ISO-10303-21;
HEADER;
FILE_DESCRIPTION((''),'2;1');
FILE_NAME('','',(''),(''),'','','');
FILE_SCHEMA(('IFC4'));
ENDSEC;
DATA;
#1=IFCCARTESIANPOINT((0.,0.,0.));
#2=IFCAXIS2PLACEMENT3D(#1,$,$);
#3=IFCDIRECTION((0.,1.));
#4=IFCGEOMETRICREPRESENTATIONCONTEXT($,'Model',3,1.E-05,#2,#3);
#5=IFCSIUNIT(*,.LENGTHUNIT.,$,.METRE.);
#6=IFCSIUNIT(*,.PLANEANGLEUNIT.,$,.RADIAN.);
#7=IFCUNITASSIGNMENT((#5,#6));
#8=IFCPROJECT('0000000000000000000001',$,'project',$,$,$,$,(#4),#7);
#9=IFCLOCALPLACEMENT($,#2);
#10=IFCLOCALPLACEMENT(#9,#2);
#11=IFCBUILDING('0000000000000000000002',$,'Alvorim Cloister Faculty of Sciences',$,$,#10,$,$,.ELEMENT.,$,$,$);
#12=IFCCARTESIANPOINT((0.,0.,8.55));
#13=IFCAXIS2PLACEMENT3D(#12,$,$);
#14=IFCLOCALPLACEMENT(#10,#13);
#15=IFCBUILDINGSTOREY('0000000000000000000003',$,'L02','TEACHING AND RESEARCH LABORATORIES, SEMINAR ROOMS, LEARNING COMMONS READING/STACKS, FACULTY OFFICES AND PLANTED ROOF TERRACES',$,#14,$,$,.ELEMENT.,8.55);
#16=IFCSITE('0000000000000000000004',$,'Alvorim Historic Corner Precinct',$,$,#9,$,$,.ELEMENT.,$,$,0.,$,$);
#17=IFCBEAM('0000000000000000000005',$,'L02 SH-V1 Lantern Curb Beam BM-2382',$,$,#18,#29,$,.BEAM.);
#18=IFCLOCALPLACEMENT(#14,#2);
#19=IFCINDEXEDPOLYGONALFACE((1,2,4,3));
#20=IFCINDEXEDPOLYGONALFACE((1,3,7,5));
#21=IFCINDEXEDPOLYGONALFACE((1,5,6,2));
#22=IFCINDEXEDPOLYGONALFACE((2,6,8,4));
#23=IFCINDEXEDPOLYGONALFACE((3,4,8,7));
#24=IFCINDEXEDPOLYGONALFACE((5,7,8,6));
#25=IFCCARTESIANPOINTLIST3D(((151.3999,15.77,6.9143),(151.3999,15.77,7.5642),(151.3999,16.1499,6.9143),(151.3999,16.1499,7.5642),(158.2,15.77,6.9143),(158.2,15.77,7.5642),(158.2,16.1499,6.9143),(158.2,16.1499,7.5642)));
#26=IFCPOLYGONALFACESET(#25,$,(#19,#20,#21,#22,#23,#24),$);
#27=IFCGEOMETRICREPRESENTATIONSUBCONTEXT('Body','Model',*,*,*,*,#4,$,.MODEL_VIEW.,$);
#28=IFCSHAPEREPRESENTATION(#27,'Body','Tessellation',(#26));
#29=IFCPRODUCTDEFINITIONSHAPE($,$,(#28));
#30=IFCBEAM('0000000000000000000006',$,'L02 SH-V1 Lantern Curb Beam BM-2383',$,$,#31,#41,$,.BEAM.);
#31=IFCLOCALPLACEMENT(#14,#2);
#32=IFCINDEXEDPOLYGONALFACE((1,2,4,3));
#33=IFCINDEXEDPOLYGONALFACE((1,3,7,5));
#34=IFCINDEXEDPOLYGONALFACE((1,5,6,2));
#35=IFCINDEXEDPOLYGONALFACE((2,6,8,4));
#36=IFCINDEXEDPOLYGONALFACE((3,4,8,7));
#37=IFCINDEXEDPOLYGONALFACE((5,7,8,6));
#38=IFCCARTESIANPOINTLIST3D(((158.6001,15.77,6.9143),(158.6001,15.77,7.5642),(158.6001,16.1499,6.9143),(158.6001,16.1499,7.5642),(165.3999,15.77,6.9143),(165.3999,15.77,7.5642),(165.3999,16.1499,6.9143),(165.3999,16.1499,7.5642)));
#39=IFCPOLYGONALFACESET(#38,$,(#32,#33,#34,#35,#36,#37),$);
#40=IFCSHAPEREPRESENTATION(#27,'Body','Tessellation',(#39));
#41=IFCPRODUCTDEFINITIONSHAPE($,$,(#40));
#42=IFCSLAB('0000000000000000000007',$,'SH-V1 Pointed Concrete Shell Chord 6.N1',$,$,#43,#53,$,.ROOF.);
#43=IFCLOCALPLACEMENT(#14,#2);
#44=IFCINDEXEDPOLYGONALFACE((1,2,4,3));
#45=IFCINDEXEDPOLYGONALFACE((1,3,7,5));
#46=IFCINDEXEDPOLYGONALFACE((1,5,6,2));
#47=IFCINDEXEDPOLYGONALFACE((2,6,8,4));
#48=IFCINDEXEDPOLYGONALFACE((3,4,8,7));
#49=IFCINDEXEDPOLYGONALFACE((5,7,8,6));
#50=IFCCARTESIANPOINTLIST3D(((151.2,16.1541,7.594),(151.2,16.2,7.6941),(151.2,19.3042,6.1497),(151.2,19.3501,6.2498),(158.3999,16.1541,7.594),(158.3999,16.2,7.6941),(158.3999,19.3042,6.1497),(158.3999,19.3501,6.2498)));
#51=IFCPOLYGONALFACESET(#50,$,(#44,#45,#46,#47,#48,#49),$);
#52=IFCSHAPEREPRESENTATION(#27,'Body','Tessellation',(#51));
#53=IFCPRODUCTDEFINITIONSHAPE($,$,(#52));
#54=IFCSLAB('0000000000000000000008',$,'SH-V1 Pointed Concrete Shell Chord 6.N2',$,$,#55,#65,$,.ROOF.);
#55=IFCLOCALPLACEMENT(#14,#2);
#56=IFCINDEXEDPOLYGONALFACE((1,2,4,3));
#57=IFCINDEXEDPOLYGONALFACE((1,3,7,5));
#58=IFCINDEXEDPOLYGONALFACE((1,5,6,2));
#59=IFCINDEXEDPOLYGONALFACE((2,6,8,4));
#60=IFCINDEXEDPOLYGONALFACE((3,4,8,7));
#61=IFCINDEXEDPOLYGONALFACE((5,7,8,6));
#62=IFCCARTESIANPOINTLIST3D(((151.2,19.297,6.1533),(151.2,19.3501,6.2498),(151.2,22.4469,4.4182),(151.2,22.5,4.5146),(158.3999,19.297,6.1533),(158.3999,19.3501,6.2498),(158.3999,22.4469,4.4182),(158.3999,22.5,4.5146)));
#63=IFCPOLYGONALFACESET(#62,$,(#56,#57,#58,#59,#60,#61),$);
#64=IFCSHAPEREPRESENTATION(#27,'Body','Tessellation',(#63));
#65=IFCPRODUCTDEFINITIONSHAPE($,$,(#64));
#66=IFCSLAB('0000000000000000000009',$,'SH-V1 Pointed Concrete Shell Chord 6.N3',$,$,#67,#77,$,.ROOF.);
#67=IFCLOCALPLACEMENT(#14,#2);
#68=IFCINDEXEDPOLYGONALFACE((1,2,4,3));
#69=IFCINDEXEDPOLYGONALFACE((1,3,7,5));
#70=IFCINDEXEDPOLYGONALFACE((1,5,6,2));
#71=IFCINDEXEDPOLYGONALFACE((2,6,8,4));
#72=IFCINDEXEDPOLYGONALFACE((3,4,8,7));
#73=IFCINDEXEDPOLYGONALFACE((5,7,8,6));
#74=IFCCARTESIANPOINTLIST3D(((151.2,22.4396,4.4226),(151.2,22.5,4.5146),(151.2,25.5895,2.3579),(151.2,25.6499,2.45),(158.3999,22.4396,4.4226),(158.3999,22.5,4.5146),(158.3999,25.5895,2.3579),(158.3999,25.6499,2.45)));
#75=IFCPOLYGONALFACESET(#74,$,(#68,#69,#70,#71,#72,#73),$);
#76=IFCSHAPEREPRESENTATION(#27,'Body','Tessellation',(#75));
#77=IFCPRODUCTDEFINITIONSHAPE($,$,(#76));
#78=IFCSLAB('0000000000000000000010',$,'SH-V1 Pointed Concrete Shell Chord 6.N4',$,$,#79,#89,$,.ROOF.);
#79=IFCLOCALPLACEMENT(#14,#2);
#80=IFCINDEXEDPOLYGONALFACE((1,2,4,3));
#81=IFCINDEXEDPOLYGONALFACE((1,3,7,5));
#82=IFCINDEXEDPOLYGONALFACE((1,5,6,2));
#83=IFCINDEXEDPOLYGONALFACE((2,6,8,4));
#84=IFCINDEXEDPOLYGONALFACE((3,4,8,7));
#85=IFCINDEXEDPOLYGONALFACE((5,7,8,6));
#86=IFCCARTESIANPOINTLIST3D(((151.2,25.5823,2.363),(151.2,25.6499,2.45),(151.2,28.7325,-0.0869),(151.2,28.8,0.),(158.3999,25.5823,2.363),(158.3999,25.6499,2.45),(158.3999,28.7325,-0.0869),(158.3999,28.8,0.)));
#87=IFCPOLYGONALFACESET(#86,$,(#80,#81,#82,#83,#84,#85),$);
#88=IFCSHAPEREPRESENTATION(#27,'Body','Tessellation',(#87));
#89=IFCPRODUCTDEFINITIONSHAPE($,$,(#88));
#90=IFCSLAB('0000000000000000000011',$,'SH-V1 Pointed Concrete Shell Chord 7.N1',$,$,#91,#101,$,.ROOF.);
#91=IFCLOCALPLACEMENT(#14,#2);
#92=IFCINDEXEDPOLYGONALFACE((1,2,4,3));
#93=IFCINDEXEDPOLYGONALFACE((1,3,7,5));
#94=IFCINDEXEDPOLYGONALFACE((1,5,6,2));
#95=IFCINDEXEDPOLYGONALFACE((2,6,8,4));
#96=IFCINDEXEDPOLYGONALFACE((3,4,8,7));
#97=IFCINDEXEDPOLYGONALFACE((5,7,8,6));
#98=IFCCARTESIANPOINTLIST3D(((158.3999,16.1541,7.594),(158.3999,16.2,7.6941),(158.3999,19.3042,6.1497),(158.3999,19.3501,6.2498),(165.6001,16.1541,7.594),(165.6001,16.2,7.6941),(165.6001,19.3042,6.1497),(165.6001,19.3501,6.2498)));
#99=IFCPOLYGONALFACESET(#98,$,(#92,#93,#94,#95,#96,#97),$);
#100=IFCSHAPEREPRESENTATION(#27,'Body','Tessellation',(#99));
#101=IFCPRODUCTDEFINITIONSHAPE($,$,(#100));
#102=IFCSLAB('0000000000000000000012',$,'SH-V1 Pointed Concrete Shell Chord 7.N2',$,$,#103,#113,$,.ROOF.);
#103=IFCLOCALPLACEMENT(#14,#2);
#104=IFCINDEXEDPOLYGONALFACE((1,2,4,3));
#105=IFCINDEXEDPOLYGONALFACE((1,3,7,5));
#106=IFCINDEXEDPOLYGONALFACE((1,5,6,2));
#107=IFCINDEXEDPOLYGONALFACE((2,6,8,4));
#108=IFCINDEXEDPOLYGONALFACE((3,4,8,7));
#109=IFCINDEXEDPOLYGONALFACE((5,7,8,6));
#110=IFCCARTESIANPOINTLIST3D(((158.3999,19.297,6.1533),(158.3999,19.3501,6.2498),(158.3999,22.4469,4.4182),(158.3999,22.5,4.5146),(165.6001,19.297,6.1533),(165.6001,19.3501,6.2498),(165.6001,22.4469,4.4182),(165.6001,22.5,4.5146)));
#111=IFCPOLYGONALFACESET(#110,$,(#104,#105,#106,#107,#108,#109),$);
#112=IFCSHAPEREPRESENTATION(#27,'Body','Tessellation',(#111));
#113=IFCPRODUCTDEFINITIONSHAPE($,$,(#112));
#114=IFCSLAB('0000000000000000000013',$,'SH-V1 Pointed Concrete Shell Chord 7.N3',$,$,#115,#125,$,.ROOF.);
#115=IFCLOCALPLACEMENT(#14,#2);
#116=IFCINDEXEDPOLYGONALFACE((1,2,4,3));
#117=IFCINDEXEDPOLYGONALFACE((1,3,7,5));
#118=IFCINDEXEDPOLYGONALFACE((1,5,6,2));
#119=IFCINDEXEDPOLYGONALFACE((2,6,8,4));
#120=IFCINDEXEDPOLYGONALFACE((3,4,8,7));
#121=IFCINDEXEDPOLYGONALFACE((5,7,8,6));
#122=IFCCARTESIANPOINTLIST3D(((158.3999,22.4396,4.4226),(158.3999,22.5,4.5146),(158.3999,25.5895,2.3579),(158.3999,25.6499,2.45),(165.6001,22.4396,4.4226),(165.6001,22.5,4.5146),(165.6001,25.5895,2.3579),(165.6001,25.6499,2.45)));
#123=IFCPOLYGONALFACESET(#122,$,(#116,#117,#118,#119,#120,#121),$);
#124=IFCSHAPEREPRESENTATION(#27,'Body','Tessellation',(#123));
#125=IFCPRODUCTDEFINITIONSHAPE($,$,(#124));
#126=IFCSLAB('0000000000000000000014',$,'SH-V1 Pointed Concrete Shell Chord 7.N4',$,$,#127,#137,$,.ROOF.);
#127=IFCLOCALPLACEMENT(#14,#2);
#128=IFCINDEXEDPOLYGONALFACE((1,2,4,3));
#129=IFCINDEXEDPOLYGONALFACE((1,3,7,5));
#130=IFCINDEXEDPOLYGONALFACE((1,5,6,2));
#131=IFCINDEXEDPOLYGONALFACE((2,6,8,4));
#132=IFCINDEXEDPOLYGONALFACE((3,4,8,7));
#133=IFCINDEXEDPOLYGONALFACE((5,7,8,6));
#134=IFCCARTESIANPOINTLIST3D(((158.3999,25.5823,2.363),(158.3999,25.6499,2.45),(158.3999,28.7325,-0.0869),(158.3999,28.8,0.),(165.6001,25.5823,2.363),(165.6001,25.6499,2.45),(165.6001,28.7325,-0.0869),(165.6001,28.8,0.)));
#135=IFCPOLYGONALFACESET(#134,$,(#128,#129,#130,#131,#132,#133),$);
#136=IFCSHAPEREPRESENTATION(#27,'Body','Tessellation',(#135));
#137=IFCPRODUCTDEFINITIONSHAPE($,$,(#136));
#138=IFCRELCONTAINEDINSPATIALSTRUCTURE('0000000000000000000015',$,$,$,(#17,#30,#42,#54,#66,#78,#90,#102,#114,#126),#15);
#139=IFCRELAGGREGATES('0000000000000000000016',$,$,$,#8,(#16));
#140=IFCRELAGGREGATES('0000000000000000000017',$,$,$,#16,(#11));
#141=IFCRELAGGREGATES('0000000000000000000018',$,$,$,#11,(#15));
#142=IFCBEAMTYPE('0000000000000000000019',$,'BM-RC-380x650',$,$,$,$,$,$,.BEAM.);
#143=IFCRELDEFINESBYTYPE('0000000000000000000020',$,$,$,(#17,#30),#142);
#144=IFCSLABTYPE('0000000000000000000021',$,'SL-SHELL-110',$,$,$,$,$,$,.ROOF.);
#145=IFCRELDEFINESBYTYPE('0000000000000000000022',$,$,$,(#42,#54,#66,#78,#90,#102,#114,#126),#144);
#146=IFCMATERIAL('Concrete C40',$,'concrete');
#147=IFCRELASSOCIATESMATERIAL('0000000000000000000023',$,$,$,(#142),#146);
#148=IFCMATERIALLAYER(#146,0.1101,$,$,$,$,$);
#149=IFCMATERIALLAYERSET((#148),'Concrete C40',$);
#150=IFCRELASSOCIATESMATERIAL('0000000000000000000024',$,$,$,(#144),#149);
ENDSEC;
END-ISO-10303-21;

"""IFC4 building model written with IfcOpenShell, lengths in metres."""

from ifc_helpers import new_model, si_unit, direction, frame, origin, origin_2d, place, context, subcontext, project, spatial, polyline, rectangle, outline, extrude, material, layer, layer_set, material_profile, profile_set, type_object, element, save


model = new_model("IFC4")

# Units and contexts
model_context = context("Model", 3, precision=1e-05, world=origin(), true_north=direction((0.0, 1.0)))
body_context = subcontext(model_context, "Body", "Model", "MODEL_VIEW")
ifc_project = project(units=[si_unit("LENGTHUNIT", "METRE"), si_unit("PLANEANGLEUNIT", "RADIAN")], contexts=[model_context])

# Site, building, storey
site_placement = place(None, origin())
site = spatial("IfcSite", under=ifc_project, at=site_placement, Name="Alvorim Historic Corner Precinct", CompositionType="ELEMENT", RefElevation=0.0)
building_placement = place(site_placement, origin())
building = spatial("IfcBuilding", under=site, at=building_placement, Name="Alvorim Cloister Faculty of Sciences", CompositionType="ELEMENT")
storey_placement = place(building_placement, frame((0.0, 0.0, 8.55)))
storey = spatial("IfcBuildingStorey", under=building, at=storey_placement, Name="L02", Description="TEACHING AND RESEARCH LABORATORIES, SEMINAR ROOMS, LEARNING COMMONS READING/STACKS, FACULTY OFFICES AND PLANTED ROOF TERRACES", CompositionType="ELEMENT", Elevation=8.55)

# Beams
ifc_material = material(Name="Concrete C40", Category="concrete")
ifc_material_profile_1 = material_profile(ifc_material, rectangle(XDim=0.3799, YDim=0.6499, at=origin_2d()), Name="RC40-BM-380x650")
ifc_profile_set_1 = profile_set([ifc_material_profile_1], Name="Concrete C40")
beam_type_1 = type_object("IfcBeamType", Name="BM-RC-380x650", PredefinedType="BEAM", material=ifc_profile_set_1)
beam_1_placement = place(storey_placement, frame((151.3999, 15.96, 7.2393), z_axis=(1.0, 0.0, 0.0), x_axis=(0.0, 1.0, 0.0)))
element("IfcBeam", 1, at=beam_1_placement, inside=storey, type_object=beam_type_1, Name="L02 SH-V1 Lantern Curb Beam BM-2382", PredefinedType="BEAM", context=body_context, shape_type="SweptSolid", body=[
    extrude(rectangle(XDim=0.3799, YDim=0.6499, at=origin_2d()), origin(), (0.0, 0.0, 1.0), 6.8),
])
beam_2_placement = place(storey_placement, frame((158.6001, 15.96, 7.2393), z_axis=(1.0, 0.0, 0.0), x_axis=(0.0, 1.0, 0.0)))
element("IfcBeam", 2, at=beam_2_placement, inside=storey, type_object=beam_type_1, Name="L02 SH-V1 Lantern Curb Beam BM-2383", PredefinedType="BEAM", context=body_context, shape_type="SweptSolid", body=[
    extrude(rectangle(XDim=0.3799, YDim=0.6499, at=origin_2d()), origin(), (0.0, 0.0, 1.0), 6.7998),
])

# Slabs
ifc_layer = layer(ifc_material, 0.1101)
ifc_layer_set = layer_set([ifc_layer], Name="Concrete C40")
slab_type = type_object("IfcSlabType", Name="SL-SHELL-110", PredefinedType="ROOF", material=ifc_layer_set)
slab_1_placement = place(storey_placement, frame((151.2, 16.2, 7.6941), z_axis=(0.0, 0.416778, 0.909008), x_axis=(1.0, 0.0, 0.0)))
element("IfcSlab", 3, at=slab_1_placement, inside=storey, type_object=slab_type, Name="SH-V1 Pointed Concrete Shell Chord 6.N1", PredefinedType="ROOF", context=body_context, shape_type="SweptSolid", body=[
    extrude(outline(polyline([(0.0, 0.0), (7.2, 0.0), (7.2, 3.4655), (0.0, 3.4655), (0.0, 0.0)])), origin(), (0.0, 0.0, -1.0), 0.1101),
])
slab_2_placement = place(storey_placement, frame((151.2, 19.3501, 6.2498), z_axis=(0.0, 0.482487, 0.875903), x_axis=(1.0, 0.0, 0.0)))
element("IfcSlab", 4, at=slab_2_placement, inside=storey, type_object=slab_type, Name="SH-V1 Pointed Concrete Shell Chord 6.N2", PredefinedType="ROOF", context=body_context, shape_type="SweptSolid", body=[
    extrude(outline(polyline([(0.0, 0.0), (7.2, 0.0), (7.2, 3.5962), (0.0, 3.5962), (0.0, 0.0)])), origin(), (0.0, 0.0, -1.0), 0.1101),
])
slab_3_placement = place(storey_placement, frame((151.2, 22.5, 4.5146), z_axis=(0.0, 0.548206, 0.836343), x_axis=(1.0, 0.0, 0.0)))
element("IfcSlab", 5, at=slab_3_placement, inside=storey, type_object=slab_type, Name="SH-V1 Pointed Concrete Shell Chord 6.N3", PredefinedType="ROOF", context=body_context, shape_type="SweptSolid", body=[
    extrude(outline(polyline([(0.0, 0.0), (7.2, 0.0), (7.2, 3.7663), (0.0, 3.7663), (0.0, 0.0)])), origin(), (0.0, 0.0, -1.0), 0.1101),
])
slab_4_placement = place(storey_placement, frame((151.2, 25.6499, 2.45), z_axis=(0.0, 0.613915, 0.789372), x_axis=(1.0, 0.0, 0.0)))
element("IfcSlab", 6, at=slab_4_placement, inside=storey, type_object=slab_type, Name="SH-V1 Pointed Concrete Shell Chord 6.N4", PredefinedType="ROOF", context=body_context, shape_type="SweptSolid", body=[
    extrude(outline(polyline([(0.0, 0.0), (7.2, 0.0), (7.2, 3.9907), (0.0, 3.9907), (0.0, 0.0)])), origin(), (0.0, 0.0, -1.0), 0.1101),
])
slab_5_placement = place(storey_placement, frame((158.3999, 16.2, 7.6941), z_axis=(0.0, 0.416778, 0.909008), x_axis=(1.0, 0.0, 0.0)))
element("IfcSlab", 7, at=slab_5_placement, inside=storey, type_object=slab_type, Name="SH-V1 Pointed Concrete Shell Chord 7.N1", PredefinedType="ROOF", context=body_context, shape_type="SweptSolid", body=[
    extrude(outline(polyline([(0.0, 0.0), (7.2002, 0.0), (7.2002, 3.4655), (0.0, 3.4655), (0.0, 0.0)])), origin(), (0.0, 0.0, -1.0), 0.1101),
])
slab_6_placement = place(storey_placement, frame((158.3999, 19.3501, 6.2498), z_axis=(0.0, 0.482487, 0.875903), x_axis=(1.0, 0.0, 0.0)))
element("IfcSlab", 8, at=slab_6_placement, inside=storey, type_object=slab_type, Name="SH-V1 Pointed Concrete Shell Chord 7.N2", PredefinedType="ROOF", context=body_context, shape_type="SweptSolid", body=[
    extrude(outline(polyline([(0.0, 0.0), (7.2002, 0.0), (7.2002, 3.5962), (0.0, 3.5962), (0.0, 0.0)])), origin(), (0.0, 0.0, -1.0), 0.1101),
])
slab_7_placement = place(storey_placement, frame((158.3999, 22.5, 4.5146), z_axis=(0.0, 0.548206, 0.836343), x_axis=(1.0, 0.0, 0.0)))
element("IfcSlab", 9, at=slab_7_placement, inside=storey, type_object=slab_type, Name="SH-V1 Pointed Concrete Shell Chord 7.N3", PredefinedType="ROOF", context=body_context, shape_type="SweptSolid", body=[
    extrude(outline(polyline([(0.0, 0.0), (7.2002, 0.0), (7.2002, 3.7663), (0.0, 3.7663), (0.0, 0.0)])), origin(), (0.0, 0.0, -1.0), 0.1101),
])
slab_8_placement = place(storey_placement, frame((158.3999, 25.6499, 2.45), z_axis=(0.0, 0.613915, 0.789372), x_axis=(1.0, 0.0, 0.0)))
element("IfcSlab", 10, at=slab_8_placement, inside=storey, type_object=slab_type, Name="SH-V1 Pointed Concrete Shell Chord 7.N4", PredefinedType="ROOF", context=body_context, shape_type="SweptSolid", body=[
    extrude(outline(polyline([(0.0, 0.0), (7.2002, 0.0), (7.2002, 3.9907), (0.0, 3.9907), (0.0, 0.0)])), origin(), (0.0, 0.0, -1.0), 0.1101),
])

save(model, "model.ifc")
